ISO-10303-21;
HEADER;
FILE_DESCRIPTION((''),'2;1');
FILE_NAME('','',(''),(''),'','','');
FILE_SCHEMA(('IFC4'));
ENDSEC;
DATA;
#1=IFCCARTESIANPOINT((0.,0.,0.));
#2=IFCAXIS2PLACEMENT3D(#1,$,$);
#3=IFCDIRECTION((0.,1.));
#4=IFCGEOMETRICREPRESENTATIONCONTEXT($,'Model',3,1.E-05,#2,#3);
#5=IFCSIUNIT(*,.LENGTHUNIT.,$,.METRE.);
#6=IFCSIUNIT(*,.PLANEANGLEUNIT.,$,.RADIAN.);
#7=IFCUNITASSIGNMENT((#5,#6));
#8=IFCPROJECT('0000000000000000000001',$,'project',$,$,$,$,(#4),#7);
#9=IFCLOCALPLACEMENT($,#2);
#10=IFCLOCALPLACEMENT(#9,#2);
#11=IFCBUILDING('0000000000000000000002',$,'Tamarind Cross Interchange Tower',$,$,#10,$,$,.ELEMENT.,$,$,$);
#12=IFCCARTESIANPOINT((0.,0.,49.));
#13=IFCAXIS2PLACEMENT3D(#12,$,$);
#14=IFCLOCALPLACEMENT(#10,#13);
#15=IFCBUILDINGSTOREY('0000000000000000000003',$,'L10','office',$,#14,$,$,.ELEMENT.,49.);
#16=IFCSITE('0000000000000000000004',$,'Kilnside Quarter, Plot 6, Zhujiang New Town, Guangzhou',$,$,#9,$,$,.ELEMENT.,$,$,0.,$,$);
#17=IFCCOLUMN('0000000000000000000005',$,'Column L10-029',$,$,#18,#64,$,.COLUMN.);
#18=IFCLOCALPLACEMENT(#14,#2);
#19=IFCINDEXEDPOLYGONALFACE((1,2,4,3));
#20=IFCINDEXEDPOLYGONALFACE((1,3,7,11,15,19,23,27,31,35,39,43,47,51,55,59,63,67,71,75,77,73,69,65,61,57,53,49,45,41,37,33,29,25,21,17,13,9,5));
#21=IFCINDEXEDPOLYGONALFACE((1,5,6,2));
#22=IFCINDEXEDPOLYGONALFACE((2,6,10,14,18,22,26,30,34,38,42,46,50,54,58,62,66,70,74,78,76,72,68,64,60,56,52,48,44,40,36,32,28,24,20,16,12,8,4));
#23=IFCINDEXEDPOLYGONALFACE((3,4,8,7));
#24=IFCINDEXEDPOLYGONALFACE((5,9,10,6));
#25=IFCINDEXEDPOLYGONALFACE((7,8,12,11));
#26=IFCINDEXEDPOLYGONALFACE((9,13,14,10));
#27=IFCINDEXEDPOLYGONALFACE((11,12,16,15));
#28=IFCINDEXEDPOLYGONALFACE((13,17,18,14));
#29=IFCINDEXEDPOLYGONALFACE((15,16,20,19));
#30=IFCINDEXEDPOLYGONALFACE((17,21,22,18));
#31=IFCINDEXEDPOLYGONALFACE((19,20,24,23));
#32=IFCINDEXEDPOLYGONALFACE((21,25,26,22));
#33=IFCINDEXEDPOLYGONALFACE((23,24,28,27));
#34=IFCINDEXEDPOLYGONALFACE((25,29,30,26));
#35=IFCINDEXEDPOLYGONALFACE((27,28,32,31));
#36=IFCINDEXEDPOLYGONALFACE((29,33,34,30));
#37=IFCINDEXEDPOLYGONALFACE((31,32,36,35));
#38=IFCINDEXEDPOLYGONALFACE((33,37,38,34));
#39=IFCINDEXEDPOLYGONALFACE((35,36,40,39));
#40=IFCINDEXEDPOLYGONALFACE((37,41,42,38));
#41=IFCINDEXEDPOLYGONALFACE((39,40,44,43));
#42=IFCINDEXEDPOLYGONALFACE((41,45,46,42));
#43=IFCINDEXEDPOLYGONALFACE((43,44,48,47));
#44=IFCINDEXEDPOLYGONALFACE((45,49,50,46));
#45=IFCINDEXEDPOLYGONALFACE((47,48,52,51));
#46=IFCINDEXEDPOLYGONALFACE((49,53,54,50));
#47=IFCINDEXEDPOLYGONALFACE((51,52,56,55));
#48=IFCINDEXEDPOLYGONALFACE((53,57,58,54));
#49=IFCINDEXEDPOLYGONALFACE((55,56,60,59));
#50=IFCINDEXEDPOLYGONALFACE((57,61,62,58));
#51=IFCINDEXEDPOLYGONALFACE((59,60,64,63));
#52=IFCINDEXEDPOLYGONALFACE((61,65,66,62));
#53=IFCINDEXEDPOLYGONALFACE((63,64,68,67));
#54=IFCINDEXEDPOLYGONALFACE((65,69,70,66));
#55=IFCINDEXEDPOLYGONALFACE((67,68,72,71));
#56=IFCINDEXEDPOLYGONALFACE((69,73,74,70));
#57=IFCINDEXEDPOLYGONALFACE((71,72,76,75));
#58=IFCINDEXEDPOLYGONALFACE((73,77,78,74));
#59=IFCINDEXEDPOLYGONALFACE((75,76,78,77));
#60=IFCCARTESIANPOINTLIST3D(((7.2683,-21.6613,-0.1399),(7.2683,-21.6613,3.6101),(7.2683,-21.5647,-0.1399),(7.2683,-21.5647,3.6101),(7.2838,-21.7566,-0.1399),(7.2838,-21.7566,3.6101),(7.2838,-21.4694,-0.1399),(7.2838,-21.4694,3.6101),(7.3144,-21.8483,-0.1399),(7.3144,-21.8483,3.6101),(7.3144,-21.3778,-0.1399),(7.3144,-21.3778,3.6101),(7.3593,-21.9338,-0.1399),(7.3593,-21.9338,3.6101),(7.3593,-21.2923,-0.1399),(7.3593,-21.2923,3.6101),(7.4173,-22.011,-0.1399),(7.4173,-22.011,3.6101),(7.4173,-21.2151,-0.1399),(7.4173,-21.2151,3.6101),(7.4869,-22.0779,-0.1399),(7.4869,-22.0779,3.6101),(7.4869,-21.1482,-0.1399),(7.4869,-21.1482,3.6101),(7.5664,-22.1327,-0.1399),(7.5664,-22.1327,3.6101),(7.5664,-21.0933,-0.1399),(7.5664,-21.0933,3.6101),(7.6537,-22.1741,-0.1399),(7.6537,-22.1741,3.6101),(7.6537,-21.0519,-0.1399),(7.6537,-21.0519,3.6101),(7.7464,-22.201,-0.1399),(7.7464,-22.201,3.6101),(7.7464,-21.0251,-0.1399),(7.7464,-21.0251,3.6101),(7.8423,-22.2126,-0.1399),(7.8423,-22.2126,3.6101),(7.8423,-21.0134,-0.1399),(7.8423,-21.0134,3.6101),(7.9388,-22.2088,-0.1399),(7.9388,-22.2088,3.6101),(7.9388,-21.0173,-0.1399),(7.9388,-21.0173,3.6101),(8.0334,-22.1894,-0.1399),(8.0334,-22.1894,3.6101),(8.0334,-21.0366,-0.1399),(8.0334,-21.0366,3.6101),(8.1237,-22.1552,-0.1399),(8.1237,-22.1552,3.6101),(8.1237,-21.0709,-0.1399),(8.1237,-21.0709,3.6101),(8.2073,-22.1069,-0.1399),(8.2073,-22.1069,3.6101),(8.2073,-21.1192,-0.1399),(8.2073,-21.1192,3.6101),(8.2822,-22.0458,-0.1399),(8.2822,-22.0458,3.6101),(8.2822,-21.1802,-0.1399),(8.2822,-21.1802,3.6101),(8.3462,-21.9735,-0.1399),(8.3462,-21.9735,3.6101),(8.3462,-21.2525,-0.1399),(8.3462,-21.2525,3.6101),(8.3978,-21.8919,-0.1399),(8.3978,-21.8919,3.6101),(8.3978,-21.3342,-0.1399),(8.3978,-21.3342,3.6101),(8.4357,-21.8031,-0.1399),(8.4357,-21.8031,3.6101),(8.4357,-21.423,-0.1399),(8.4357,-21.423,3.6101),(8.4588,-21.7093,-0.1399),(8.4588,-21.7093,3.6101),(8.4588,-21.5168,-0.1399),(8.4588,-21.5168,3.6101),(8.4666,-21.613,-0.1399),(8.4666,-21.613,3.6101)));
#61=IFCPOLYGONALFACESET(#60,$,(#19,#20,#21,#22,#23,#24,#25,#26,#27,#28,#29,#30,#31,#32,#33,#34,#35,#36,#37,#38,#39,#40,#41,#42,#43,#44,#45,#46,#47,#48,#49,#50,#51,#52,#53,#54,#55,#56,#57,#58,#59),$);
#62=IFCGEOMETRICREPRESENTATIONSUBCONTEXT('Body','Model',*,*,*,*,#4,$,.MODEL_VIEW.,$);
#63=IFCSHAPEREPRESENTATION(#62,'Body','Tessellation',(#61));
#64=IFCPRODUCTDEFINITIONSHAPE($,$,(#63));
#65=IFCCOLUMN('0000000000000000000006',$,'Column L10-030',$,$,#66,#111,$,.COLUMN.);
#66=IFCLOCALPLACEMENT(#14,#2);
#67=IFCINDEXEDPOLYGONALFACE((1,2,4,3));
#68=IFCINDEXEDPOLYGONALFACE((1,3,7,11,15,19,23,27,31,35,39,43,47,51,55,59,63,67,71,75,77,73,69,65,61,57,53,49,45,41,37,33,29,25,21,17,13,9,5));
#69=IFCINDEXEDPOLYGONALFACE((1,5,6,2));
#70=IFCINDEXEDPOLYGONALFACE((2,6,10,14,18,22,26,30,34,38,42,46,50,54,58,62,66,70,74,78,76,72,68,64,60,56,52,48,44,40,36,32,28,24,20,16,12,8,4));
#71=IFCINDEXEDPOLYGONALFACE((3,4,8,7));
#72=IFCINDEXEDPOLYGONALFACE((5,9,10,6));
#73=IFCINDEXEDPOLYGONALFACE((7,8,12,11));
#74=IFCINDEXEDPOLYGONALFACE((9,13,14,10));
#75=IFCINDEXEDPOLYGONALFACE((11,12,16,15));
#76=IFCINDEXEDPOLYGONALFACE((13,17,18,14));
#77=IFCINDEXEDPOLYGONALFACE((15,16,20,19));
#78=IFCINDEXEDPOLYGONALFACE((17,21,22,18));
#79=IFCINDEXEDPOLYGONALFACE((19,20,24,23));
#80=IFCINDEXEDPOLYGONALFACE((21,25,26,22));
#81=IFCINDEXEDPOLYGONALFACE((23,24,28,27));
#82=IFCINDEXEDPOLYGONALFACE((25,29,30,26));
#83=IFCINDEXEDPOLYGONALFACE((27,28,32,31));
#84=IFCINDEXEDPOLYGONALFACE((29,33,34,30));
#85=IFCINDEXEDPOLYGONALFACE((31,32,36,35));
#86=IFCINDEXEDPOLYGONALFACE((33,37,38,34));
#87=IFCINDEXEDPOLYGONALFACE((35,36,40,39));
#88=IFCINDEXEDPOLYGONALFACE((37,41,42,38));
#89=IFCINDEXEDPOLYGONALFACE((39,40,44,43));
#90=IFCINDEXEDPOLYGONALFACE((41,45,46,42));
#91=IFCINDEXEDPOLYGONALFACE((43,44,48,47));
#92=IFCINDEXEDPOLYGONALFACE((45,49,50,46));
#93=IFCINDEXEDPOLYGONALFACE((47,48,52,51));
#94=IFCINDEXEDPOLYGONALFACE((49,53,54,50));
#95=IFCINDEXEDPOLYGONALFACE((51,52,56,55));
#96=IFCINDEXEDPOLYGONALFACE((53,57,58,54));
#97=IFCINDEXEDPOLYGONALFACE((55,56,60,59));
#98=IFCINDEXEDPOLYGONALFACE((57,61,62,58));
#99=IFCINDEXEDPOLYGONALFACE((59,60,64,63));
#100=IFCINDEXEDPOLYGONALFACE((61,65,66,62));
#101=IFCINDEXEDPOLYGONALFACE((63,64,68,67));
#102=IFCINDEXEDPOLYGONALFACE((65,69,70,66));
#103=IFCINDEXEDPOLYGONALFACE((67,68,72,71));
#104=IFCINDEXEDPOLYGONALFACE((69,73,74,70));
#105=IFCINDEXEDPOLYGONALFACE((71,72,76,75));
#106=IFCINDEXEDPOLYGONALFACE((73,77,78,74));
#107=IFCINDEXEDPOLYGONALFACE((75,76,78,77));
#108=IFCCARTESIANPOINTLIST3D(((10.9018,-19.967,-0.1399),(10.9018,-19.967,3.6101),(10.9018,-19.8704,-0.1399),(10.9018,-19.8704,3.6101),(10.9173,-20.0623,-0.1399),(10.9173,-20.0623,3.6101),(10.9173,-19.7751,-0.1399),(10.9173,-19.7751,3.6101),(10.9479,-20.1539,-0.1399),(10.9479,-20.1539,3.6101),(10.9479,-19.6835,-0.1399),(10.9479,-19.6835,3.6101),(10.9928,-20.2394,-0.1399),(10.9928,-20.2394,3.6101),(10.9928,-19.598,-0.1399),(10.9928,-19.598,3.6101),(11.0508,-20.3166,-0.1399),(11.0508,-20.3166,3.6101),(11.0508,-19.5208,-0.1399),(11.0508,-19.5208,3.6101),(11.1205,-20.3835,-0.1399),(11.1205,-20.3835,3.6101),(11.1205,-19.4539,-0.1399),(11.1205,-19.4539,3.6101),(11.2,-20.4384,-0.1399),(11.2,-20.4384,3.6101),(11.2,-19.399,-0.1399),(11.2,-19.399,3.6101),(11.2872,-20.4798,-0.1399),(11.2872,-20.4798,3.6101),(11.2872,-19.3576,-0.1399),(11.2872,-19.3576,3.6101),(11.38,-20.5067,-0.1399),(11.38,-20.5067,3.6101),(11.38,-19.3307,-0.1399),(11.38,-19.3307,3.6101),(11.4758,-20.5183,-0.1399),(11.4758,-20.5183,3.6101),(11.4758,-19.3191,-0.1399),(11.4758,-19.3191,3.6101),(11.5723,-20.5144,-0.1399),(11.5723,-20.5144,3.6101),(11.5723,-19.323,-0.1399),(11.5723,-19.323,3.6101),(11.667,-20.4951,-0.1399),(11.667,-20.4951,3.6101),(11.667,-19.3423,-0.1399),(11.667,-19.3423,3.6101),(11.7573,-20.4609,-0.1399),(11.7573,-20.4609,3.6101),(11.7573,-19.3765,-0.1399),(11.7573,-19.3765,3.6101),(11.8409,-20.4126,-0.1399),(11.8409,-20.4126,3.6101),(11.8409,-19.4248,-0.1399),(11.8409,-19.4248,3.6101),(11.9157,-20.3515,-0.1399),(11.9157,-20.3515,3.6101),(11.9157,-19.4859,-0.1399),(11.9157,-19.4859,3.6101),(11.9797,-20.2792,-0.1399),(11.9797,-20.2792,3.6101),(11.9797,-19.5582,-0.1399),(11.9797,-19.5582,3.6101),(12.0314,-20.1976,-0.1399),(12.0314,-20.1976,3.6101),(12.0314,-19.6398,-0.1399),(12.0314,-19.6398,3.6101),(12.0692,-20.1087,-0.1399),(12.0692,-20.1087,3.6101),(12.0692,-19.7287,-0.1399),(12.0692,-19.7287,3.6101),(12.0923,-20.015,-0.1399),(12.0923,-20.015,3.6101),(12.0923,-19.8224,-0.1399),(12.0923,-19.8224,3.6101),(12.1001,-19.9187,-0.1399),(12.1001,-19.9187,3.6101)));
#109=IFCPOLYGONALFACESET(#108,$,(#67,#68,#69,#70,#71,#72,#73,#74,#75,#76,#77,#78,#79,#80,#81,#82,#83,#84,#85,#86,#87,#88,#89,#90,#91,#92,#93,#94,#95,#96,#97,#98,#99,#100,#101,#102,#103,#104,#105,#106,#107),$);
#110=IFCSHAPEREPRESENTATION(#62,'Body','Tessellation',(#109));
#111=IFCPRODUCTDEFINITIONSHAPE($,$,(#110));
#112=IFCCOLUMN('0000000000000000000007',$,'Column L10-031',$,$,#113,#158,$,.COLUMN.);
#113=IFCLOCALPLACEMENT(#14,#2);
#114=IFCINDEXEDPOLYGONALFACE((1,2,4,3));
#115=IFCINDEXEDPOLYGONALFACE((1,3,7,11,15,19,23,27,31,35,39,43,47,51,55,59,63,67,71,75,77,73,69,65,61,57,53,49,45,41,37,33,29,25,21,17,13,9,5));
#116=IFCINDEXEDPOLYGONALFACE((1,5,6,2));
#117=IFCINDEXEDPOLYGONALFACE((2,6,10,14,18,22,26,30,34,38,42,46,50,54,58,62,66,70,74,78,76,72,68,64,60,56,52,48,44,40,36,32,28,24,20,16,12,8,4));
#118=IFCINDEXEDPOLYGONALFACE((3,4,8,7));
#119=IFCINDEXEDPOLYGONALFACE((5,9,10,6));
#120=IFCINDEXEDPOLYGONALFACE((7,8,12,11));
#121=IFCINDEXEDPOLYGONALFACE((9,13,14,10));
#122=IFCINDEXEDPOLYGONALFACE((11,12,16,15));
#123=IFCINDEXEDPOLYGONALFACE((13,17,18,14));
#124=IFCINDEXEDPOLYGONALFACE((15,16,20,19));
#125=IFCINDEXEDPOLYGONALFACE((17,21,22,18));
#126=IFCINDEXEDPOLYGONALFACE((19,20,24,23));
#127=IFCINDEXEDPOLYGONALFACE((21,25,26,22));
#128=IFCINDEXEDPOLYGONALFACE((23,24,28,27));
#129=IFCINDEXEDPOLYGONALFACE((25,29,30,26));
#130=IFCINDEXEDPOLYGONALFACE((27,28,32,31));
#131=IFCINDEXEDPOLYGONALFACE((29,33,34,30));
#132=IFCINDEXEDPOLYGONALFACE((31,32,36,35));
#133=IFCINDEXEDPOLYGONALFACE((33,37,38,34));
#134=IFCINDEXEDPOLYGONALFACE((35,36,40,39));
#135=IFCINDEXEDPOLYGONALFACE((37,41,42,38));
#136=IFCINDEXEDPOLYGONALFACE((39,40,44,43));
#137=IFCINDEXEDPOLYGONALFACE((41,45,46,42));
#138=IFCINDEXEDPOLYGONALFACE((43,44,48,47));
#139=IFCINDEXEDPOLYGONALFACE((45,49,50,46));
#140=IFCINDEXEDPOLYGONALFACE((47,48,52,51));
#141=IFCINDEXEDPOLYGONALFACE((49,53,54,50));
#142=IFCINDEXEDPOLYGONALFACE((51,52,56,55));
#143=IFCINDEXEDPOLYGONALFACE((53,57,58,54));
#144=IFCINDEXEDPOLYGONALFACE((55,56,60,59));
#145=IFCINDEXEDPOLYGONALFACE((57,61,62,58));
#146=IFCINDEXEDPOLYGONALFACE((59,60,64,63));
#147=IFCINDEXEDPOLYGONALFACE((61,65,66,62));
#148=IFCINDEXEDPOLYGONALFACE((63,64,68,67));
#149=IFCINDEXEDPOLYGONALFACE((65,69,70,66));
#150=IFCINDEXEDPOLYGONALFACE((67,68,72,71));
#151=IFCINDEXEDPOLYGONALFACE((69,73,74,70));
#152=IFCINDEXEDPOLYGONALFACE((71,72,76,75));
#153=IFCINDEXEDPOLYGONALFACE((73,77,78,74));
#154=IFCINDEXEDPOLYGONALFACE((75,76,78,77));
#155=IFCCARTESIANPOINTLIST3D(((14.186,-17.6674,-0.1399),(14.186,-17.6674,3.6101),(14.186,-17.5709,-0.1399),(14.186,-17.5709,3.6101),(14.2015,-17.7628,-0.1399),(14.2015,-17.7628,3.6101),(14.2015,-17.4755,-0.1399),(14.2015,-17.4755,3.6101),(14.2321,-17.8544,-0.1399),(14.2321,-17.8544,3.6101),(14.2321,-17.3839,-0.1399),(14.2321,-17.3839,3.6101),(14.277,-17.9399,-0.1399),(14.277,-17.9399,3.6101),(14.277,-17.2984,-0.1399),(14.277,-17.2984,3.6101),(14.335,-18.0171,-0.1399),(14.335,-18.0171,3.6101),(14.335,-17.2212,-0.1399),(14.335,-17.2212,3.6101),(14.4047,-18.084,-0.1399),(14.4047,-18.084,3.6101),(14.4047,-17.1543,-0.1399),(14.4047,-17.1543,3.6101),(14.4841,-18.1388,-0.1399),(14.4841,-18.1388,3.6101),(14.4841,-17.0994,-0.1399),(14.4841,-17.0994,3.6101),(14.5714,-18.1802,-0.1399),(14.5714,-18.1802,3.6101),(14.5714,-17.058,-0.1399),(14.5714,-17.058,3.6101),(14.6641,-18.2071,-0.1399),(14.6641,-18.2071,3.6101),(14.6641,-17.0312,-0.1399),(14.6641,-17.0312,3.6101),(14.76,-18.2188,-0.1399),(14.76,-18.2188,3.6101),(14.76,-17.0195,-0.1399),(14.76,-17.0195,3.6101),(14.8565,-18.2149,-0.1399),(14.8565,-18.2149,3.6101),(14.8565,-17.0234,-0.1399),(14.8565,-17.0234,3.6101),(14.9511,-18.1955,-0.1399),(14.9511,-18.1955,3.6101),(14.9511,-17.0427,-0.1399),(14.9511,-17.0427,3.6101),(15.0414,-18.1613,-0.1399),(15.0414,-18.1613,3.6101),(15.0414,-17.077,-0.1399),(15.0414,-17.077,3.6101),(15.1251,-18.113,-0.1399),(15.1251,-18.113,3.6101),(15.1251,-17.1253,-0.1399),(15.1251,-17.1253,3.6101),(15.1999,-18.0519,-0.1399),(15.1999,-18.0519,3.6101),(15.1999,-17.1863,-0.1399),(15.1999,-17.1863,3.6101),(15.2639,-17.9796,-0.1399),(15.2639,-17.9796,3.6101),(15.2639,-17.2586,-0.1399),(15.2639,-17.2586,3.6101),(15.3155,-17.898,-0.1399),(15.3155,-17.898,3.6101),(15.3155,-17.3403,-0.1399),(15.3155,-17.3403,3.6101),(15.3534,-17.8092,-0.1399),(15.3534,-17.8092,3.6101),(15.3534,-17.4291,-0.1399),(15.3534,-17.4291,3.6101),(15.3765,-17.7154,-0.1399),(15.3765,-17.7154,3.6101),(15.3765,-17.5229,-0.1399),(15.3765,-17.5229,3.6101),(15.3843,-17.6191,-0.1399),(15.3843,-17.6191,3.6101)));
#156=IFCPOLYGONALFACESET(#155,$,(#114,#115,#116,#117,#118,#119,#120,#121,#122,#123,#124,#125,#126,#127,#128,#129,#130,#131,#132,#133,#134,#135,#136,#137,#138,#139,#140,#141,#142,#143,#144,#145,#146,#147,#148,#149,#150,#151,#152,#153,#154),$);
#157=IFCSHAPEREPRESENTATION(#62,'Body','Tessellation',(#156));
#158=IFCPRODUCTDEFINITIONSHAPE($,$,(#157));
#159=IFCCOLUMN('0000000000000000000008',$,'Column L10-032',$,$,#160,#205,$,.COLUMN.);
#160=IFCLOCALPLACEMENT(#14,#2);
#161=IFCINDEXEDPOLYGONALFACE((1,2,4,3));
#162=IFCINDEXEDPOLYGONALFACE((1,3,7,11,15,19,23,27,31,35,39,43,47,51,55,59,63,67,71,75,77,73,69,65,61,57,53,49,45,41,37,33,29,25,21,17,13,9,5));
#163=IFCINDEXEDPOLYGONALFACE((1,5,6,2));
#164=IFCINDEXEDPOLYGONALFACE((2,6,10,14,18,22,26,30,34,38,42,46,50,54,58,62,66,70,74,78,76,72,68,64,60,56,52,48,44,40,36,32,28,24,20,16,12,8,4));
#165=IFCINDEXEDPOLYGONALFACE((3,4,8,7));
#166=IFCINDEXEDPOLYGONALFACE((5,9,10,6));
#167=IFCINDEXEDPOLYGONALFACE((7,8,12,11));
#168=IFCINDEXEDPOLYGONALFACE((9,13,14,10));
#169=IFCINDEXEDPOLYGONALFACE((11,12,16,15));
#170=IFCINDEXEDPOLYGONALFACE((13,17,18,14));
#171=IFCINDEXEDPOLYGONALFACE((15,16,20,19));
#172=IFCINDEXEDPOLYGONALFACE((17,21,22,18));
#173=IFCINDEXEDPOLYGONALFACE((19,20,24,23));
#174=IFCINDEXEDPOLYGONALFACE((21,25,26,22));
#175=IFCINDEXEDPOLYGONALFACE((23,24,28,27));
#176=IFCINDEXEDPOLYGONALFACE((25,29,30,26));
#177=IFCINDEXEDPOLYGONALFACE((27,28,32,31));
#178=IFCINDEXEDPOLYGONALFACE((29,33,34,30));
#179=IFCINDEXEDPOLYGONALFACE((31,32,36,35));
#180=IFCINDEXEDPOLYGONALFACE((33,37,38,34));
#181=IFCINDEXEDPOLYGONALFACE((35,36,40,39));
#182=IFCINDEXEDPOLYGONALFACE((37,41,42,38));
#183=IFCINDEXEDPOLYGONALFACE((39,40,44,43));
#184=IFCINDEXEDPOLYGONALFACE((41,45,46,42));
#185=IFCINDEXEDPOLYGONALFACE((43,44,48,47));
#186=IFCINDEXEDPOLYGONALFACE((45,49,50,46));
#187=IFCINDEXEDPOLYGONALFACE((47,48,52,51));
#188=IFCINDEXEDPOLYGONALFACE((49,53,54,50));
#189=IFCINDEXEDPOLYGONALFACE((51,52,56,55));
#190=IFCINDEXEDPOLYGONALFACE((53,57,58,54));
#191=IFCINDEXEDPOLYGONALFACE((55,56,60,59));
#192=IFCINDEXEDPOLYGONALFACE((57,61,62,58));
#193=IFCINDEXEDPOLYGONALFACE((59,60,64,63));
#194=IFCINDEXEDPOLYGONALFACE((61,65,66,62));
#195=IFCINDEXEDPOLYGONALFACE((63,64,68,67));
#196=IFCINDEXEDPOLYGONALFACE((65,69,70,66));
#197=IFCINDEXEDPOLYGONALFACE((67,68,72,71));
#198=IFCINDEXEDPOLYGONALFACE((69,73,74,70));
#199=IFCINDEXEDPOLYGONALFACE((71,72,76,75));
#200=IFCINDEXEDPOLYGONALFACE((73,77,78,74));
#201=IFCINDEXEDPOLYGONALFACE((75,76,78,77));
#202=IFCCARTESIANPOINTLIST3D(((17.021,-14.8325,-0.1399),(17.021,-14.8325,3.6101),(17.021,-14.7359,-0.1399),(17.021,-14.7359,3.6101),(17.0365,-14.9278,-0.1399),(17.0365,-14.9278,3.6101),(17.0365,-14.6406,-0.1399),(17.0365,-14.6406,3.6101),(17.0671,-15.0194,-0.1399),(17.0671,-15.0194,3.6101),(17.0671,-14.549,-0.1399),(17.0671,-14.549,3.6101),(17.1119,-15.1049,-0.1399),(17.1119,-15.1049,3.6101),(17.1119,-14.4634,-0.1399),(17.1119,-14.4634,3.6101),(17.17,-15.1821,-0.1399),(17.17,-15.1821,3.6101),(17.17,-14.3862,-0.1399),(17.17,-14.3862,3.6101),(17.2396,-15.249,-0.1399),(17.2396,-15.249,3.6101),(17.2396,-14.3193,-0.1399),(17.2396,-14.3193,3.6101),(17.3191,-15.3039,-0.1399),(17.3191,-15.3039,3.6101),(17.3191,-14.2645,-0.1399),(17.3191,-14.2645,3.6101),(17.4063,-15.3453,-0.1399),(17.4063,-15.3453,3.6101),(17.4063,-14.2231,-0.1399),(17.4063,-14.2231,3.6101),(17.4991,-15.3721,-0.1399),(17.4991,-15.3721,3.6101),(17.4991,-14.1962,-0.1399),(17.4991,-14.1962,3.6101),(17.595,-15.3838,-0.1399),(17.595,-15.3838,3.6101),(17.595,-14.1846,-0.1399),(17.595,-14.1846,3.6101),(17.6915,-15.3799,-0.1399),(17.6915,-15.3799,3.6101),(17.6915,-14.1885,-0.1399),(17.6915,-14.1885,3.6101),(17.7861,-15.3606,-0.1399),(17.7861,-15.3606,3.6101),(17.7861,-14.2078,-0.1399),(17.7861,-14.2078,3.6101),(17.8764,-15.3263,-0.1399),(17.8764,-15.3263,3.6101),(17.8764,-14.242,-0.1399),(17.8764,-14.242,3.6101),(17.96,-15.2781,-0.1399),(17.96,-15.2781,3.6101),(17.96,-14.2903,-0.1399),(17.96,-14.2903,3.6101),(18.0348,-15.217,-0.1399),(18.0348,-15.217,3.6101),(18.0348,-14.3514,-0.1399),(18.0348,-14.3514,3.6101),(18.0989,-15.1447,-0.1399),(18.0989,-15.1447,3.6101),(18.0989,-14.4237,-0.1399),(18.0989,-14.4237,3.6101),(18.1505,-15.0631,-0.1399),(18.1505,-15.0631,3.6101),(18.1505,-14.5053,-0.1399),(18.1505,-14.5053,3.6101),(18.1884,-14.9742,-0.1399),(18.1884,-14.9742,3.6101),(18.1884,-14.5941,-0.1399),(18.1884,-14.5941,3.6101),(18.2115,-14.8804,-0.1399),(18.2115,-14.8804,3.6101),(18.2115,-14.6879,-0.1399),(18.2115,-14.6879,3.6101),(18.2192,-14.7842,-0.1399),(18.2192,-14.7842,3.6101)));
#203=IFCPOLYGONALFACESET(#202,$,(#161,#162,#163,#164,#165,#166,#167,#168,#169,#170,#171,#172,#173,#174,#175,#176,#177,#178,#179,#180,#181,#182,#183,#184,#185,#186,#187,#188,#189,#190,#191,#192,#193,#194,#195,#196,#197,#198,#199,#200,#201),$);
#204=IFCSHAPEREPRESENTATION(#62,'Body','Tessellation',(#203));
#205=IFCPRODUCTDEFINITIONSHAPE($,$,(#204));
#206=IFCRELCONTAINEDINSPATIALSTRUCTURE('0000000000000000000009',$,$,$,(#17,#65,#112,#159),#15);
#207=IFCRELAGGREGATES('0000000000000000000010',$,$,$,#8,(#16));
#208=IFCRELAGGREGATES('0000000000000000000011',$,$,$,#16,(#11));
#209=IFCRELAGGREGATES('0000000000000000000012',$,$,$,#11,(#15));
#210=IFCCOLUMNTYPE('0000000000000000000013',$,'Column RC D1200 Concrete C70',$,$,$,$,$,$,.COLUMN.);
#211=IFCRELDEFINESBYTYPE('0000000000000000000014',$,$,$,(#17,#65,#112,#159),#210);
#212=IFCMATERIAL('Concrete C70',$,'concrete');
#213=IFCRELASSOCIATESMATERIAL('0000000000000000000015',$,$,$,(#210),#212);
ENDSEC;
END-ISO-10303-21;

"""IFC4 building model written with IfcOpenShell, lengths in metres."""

from ifc_helpers import new_model, si_unit, direction, frame, origin, origin_2d, place, context, subcontext, project, spatial, circle, extrude, material, material_profile, profile_set, type_object, element, save


model = new_model("IFC4")

# Units and contexts
model_context = context("Model", 3, precision=1e-05, world=origin(), true_north=direction((0.0, 1.0)))
body_context = subcontext(model_context, "Body", "Model", "MODEL_VIEW")
ifc_project = project(units=[si_unit("LENGTHUNIT", "METRE"), si_unit("PLANEANGLEUNIT", "RADIAN")], contexts=[model_context])

# Site, building, storey
site_placement = place(None, origin())
site = spatial("IfcSite", under=ifc_project, at=site_placement, Name="Kilnside Quarter, Plot 6, Zhujiang New Town, Guangzhou", CompositionType="ELEMENT", RefElevation=0.0)
building_placement = place(site_placement, origin())
building = spatial("IfcBuilding", under=site, at=building_placement, Name="Tamarind Cross Interchange Tower", CompositionType="ELEMENT")
storey_placement = place(building_placement, frame((0.0, 0.0, 49.0)))
storey = spatial("IfcBuildingStorey", under=building, at=storey_placement, Name="L10", Description="office", CompositionType="ELEMENT", Elevation=49.0)

# Columns
ifc_material_1 = material(Name="Concrete C70", Category="concrete")
ifc_material_profile_1 = material_profile(ifc_material_1, circle(Radius=0.6001, at=origin_2d()), Name="RC D1200")
ifc_profile_set_1 = profile_set([ifc_material_profile_1], Name="Concrete C70")
column_type = type_object("IfcColumnType", Name="Column RC D1200 Concrete C70", PredefinedType="COLUMN", material=ifc_profile_set_1)
for number, where, z_axis, x_axis, name in (
    (1, (7.8665, -21.613, -0.1399), (0.0, 0.0, 1.0), (1.0, 0.0, 0.0), "Column L10-029"),
    (2, (11.5, -19.9187, -0.1399), (0.0, 0.0, 1.0), (1.0, 0.0, 0.0), "Column L10-030"),
    (3, (14.7842, -17.6191, -0.1399), (0.0, 0.0, 1.0), (1.0, 0.0, 0.0), "Column L10-031"),
    (4, (17.6191, -14.7842, -0.1399), (0.0, 0.0, 1.0), (1.0, 0.0, 0.0), "Column L10-032"),
):
    element("IfcColumn", number, at=place(storey_placement, frame(where, z_axis=z_axis, x_axis=x_axis)), inside=storey, type_object=column_type, Name=name, PredefinedType="COLUMN", context=body_context, shape_type="SweptSolid", body=[
        extrude(circle(Radius=0.6001, at=origin_2d()), origin(), (0.0, 0.0, 1.0), 3.75),
    ])

save(model, "model.ifc")
